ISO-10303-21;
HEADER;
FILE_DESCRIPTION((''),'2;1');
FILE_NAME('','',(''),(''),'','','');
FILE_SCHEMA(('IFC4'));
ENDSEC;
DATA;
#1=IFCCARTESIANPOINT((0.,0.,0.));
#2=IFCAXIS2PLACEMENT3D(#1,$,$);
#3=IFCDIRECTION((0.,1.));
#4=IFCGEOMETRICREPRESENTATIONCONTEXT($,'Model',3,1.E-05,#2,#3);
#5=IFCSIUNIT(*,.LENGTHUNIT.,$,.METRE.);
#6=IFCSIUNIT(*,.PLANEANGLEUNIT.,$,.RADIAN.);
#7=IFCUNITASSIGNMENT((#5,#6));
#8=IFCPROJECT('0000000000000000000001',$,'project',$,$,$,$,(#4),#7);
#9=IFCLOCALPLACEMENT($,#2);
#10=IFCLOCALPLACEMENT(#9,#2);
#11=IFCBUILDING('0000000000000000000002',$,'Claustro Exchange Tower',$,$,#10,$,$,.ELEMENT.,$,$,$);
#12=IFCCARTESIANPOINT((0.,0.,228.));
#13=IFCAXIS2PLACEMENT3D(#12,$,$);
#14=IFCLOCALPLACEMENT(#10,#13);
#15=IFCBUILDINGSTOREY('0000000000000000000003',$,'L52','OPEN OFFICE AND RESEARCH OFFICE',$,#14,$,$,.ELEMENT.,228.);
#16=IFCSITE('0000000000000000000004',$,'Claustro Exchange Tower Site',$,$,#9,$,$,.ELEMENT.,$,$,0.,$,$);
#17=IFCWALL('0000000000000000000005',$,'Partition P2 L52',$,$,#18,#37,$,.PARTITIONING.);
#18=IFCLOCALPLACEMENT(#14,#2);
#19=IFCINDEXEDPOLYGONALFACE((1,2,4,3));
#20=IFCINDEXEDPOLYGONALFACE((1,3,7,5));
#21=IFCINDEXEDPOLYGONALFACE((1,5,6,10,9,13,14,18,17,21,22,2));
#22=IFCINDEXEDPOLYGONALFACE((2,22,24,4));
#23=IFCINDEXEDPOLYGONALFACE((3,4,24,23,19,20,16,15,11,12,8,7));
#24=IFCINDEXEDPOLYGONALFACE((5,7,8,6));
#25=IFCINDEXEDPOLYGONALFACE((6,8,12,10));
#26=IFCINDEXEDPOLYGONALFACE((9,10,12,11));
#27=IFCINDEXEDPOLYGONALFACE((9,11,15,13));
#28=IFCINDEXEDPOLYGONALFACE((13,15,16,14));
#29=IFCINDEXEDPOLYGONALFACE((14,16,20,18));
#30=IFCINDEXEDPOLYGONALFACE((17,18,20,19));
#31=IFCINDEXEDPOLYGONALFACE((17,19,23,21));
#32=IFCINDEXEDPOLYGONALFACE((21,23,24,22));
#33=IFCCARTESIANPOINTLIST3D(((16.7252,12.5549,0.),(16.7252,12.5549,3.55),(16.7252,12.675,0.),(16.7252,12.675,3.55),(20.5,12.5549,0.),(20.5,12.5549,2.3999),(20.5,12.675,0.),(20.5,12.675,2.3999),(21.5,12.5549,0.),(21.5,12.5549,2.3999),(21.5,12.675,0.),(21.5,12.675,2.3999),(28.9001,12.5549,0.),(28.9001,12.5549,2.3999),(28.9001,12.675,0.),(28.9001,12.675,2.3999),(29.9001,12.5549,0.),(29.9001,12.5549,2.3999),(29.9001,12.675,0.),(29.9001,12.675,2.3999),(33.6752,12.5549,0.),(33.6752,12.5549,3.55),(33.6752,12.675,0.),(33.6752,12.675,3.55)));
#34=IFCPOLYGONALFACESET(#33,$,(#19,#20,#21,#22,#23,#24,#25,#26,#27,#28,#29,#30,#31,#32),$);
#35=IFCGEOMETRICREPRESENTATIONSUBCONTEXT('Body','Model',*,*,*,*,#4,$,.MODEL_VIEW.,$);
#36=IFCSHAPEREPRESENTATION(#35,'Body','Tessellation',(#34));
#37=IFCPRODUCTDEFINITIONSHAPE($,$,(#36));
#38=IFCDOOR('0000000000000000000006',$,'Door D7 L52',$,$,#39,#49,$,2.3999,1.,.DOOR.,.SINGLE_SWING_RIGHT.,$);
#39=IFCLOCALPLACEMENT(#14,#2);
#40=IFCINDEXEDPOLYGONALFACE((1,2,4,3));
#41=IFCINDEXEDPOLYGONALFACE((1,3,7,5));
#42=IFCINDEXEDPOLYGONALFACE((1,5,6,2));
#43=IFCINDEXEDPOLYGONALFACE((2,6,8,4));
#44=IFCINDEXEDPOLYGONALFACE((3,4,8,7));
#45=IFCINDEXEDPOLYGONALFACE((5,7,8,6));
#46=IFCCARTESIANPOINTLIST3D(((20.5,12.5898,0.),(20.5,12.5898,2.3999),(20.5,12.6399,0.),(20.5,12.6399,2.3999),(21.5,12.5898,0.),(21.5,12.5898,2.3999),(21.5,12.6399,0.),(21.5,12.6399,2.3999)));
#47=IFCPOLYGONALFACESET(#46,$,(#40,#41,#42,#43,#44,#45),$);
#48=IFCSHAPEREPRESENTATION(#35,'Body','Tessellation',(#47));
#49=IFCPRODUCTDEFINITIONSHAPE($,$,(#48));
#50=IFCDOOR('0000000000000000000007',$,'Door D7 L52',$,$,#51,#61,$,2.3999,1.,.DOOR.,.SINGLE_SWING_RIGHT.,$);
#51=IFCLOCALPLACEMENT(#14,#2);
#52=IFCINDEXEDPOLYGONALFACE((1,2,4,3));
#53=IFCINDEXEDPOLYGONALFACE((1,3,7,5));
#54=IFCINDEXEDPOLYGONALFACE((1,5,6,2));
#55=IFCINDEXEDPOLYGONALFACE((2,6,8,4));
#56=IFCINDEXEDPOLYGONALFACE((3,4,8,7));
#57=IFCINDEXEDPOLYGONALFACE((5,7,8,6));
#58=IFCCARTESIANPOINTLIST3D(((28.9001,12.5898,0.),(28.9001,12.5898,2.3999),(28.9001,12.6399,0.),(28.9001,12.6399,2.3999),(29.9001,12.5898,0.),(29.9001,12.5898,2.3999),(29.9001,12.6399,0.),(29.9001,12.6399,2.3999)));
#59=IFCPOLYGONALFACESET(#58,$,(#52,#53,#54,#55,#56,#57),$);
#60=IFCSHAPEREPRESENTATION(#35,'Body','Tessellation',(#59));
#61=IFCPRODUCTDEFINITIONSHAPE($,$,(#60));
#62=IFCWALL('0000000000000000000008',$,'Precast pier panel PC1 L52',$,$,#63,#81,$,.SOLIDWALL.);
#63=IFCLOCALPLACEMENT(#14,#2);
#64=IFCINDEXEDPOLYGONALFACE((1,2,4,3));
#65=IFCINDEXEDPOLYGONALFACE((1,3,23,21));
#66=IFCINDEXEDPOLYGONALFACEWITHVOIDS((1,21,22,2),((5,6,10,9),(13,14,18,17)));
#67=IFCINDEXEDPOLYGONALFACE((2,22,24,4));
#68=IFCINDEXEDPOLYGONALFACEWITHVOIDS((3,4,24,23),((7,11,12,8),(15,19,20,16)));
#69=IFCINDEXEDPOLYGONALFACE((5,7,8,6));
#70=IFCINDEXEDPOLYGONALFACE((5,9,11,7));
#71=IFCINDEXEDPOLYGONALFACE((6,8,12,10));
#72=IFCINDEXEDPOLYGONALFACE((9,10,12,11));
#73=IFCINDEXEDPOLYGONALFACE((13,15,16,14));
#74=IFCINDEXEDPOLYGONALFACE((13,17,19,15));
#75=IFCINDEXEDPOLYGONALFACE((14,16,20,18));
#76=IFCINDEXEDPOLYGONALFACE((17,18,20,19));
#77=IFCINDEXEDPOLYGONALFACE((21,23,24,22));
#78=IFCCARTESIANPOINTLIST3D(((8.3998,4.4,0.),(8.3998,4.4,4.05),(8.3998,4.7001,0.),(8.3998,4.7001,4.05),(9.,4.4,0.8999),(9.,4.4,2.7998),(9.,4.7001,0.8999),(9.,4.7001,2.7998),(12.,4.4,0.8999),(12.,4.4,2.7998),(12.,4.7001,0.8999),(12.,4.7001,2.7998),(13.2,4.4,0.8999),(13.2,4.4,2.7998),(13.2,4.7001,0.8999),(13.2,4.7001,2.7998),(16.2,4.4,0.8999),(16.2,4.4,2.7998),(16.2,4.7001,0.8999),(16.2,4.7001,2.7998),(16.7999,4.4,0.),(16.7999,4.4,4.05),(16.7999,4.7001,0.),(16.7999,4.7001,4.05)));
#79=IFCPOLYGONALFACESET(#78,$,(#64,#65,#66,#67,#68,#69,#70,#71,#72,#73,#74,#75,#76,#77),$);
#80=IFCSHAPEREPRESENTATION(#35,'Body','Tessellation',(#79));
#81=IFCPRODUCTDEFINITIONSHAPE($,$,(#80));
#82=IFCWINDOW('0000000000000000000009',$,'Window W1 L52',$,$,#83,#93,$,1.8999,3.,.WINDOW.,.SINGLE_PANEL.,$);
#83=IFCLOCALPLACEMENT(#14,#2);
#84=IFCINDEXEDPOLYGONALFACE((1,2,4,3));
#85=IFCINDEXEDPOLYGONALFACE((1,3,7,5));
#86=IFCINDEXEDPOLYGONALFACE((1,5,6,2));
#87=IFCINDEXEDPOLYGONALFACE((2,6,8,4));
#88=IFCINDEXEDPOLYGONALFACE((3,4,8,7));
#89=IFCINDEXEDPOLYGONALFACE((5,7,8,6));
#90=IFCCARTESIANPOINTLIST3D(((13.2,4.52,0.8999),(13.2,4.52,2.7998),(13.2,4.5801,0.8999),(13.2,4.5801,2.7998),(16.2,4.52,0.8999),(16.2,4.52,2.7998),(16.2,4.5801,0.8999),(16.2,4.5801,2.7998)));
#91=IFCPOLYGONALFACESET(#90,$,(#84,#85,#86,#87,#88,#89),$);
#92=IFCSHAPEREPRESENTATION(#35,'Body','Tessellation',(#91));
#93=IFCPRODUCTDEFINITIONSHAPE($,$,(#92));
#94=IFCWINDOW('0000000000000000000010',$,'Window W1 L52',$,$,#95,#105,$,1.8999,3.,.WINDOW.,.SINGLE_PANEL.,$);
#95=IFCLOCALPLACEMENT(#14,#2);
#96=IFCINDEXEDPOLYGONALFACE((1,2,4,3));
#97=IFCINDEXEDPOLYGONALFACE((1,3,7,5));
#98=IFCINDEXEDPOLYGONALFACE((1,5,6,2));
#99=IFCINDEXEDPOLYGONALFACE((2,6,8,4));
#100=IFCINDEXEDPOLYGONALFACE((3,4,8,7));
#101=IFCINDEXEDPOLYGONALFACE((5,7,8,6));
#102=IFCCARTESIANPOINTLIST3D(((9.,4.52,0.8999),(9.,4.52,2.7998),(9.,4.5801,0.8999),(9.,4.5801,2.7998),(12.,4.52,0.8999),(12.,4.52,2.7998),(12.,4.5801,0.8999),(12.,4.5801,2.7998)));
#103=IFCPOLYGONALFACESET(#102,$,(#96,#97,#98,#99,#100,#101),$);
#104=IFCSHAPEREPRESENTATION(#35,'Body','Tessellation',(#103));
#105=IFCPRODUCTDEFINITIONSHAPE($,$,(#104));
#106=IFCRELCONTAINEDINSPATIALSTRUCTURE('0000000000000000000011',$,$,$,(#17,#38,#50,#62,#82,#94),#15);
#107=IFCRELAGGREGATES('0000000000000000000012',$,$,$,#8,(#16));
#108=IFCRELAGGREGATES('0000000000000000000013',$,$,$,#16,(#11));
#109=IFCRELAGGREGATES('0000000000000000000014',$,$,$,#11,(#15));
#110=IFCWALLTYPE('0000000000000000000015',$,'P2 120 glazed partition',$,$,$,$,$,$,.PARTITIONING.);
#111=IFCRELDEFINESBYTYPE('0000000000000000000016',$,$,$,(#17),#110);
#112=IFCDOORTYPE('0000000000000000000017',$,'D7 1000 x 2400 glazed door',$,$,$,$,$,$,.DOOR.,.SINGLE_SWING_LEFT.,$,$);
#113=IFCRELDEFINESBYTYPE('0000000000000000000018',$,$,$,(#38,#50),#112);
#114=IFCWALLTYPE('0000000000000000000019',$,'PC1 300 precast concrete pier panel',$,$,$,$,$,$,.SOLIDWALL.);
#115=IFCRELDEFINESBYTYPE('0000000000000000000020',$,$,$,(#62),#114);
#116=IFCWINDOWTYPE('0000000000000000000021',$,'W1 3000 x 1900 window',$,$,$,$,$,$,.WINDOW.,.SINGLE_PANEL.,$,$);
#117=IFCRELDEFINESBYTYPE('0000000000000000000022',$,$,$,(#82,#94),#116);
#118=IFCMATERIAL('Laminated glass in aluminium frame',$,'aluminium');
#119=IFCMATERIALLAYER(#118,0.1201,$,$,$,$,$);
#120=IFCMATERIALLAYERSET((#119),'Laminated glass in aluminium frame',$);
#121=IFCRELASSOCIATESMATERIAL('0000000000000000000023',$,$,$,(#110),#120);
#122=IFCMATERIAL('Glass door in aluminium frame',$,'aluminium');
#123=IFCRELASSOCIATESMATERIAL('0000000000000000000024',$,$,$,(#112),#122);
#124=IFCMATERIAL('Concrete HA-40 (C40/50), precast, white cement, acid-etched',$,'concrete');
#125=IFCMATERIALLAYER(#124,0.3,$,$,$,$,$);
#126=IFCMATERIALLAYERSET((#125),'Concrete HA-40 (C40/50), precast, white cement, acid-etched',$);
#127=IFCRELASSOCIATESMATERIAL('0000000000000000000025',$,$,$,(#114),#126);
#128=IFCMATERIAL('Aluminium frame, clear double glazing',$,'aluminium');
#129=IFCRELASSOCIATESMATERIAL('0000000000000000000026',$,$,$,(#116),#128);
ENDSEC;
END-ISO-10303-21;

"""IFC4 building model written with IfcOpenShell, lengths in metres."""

from ifc_helpers import new_model, si_unit, direction, frame, frame_2d, origin, place, context, subcontext, project, spatial, rectangle, extrude, material, layer, layer_set, type_object, element, fill, save


model = new_model("IFC4")

# Units and contexts
model_context = context("Model", 3, precision=1e-05, world=origin(), true_north=direction((0.0, 1.0)))
body_context = subcontext(model_context, "Body", "Model", "MODEL_VIEW")
ifc_project = project(units=[si_unit("LENGTHUNIT", "METRE"), si_unit("PLANEANGLEUNIT", "RADIAN")], contexts=[model_context])

# Site, building, storey
site_placement = place(None, origin())
site = spatial("IfcSite", under=ifc_project, at=site_placement, Name="Claustro Exchange Tower Site", CompositionType="ELEMENT", RefElevation=0.0)
building_placement = place(site_placement, origin())
building = spatial("IfcBuilding", under=site, at=building_placement, Name="Claustro Exchange Tower", CompositionType="ELEMENT")
storey_placement = place(building_placement, frame((0.0, 0.0, 228.0)))
storey = spatial("IfcBuildingStorey", under=building, at=storey_placement, Name="L52", Description="OPEN OFFICE AND RESEARCH OFFICE", CompositionType="ELEMENT", Elevation=228.0)

# Shared definitions
ifc_material_1 = material(Name="Laminated glass in aluminium frame", Category="aluminium")
ifc_layer_1 = layer(ifc_material_1, 0.1201)
ifc_layer_set_1 = layer_set([ifc_layer_1], Name="Laminated glass in aluminium frame")
wall_type_1 = type_object("IfcWallType", Name="P2 120 glazed partition", PredefinedType="PARTITIONING", material=ifc_layer_set_1)

# Wall, openings, doors
wall_1_placement = place(storey_placement, frame((16.7251, 12.615, 0.0), z_axis=(0.0, 0.0, 1.0), x_axis=(1.0, 0.0, 0.0)))
wall_1 = element("IfcWall", 1, at=wall_1_placement, inside=storey, type_object=wall_type_1, Name="Partition P2 L52", PredefinedType="PARTITIONING", context=body_context, shape_type="SweptSolid", body=[
    extrude(rectangle(XDim=16.95, YDim=0.1201, at=frame_2d((8.4751, 0.0))), origin(), (0.0, 0.0, 1.0), 3.55),
])
opening_1_placement = place(wall_1_placement, frame((3.7749, 0.0, 0.0)))
opening_1 = element("IfcOpeningElement", 2, at=opening_1_placement, cuts=wall_1, PredefinedType="OPENING", context=body_context, shape_type="SweptSolid", body=[
    extrude(rectangle(XDim=1.0, YDim=2.3999, at=frame_2d((0.5, 1.2))), frame((0.0, 0.0701, 0.0), z_axis=(0.0, -1.0, 0.0), x_axis=(1.0, 0.0, 0.0)), (0.0, 0.0, 1.0), 0.1401),
])
opening_2_placement = place(wall_1_placement, frame((12.175, 0.0, 0.0)))
opening_2 = element("IfcOpeningElement", 3, at=opening_2_placement, cuts=wall_1, PredefinedType="OPENING", context=body_context, shape_type="SweptSolid", body=[
    extrude(rectangle(XDim=1.0, YDim=2.3999, at=frame_2d((0.5, 1.2))), frame((0.0, 0.0701, 0.0), z_axis=(0.0, -1.0, 0.0), x_axis=(1.0, 0.0, 0.0)), (0.0, 0.0, 1.0), 0.1401),
])
ifc_material_2 = material(Name="Glass door in aluminium frame", Category="aluminium")
door_type_1 = type_object("IfcDoorType", Name="D7 1000 x 2400 glazed door", OperationType="SINGLE_SWING_LEFT", PredefinedType="DOOR", material=ifc_material_2)
door_1_placement = place(opening_1_placement, origin())
door_1 = element("IfcDoor", 4, at=door_1_placement, inside=storey, type_object=door_type_1, Name="Door D7 L52", OperationType="SINGLE_SWING_RIGHT", OverallHeight=2.3999, OverallWidth=1.0, PredefinedType="DOOR", context=body_context, shape_type="SweptSolid", body=[
    extrude(rectangle(XDim=1.0, YDim=2.3999, at=frame_2d((0.5, 1.2))), frame((0.0, 0.0249, 0.0), z_axis=(0.0, -1.0, 0.0), x_axis=(1.0, 0.0, 0.0)), (0.0, 0.0, 1.0), 0.05),
])
fill(opening_1, door_1)
door_2_placement = place(opening_2_placement, origin())
door_2 = element("IfcDoor", 5, at=door_2_placement, inside=storey, type_object=door_type_1, Name="Door D7 L52", OperationType="SINGLE_SWING_RIGHT", OverallHeight=2.3999, OverallWidth=1.0, PredefinedType="DOOR", context=body_context, shape_type="SweptSolid", body=[
    extrude(rectangle(XDim=1.0, YDim=2.3999, at=frame_2d((0.5, 1.2))), frame((0.0, 0.0249, 0.0), z_axis=(0.0, -1.0, 0.0), x_axis=(1.0, 0.0, 0.0)), (0.0, 0.0, 1.0), 0.05),
])
fill(opening_2, door_2)

# Wall, openings, windows
ifc_material_3 = material(Name="Concrete HA-40 (C40/50), precast, white cement, acid-etched", Category="concrete")
ifc_layer_2 = layer(ifc_material_3, 0.3)
ifc_layer_set_2 = layer_set([ifc_layer_2], Name="Concrete HA-40 (C40/50), precast, white cement, acid-etched")
wall_type_2 = type_object("IfcWallType", Name="PC1 300 precast concrete pier panel", PredefinedType="SOLIDWALL", material=ifc_layer_set_2)
wall_2_placement = place(storey_placement, frame((16.8, 4.55, 0.0), z_axis=(0.0, 0.0, 1.0), x_axis=(-1.0, 0.0, 0.0)))
wall_2 = element("IfcWall", 6, at=wall_2_placement, inside=storey, type_object=wall_type_2, Name="Precast pier panel PC1 L52", PredefinedType="SOLIDWALL", context=body_context, shape_type="SweptSolid", body=[
    extrude(rectangle(XDim=8.4001, YDim=0.3, at=frame_2d((4.2002, 0.0))), origin(), (0.0, 0.0, 1.0), 4.05),
])
opening_3_placement = place(wall_2_placement, frame((0.6001, 0.0, 0.8999)))
opening_3 = element("IfcOpeningElement", 7, at=opening_3_placement, cuts=wall_2, PredefinedType="OPENING", context=body_context, shape_type="SweptSolid", body=[
    extrude(rectangle(XDim=3.0, YDim=1.8999, at=frame_2d((1.5, 0.95))), frame((0.0, 0.1599, 0.0), z_axis=(0.0, -1.0, 0.0), x_axis=(1.0, 0.0, 0.0)), (0.0, 0.0, 1.0), 0.3201),
])
opening_4_placement = place(wall_2_placement, frame((4.8, 0.0, 0.8999)))
opening_4 = element("IfcOpeningElement", 8, at=opening_4_placement, cuts=wall_2, PredefinedType="OPENING", context=body_context, shape_type="SweptSolid", body=[
    extrude(rectangle(XDim=3.0, YDim=1.8999, at=frame_2d((1.5, 0.95))), frame((0.0, 0.1599, 0.0), z_axis=(0.0, -1.0, 0.0), x_axis=(1.0, 0.0, 0.0)), (0.0, 0.0, 1.0), 0.3201),
])
ifc_material_4 = material(Name="Aluminium frame, clear double glazing", Category="aluminium")
window_type = type_object("IfcWindowType", Name="W1 3000 x 1900 window", PartitioningType="SINGLE_PANEL", PredefinedType="WINDOW", material=ifc_material_4)
window_1_placement = place(opening_3_placement, origin())
window_1 = element("IfcWindow", 9, at=window_1_placement, inside=storey, type_object=window_type, Name="Window W1 L52", OverallHeight=1.8999, OverallWidth=3.0, PartitioningType="SINGLE_PANEL", PredefinedType="WINDOW", context=body_context, shape_type="SweptSolid", body=[
    extrude(rectangle(XDim=3.0, YDim=1.8999, at=frame_2d((1.5, 0.95))), frame((0.0, 0.03, 0.0), z_axis=(0.0, -1.0, 0.0), x_axis=(1.0, 0.0, 0.0)), (0.0, 0.0, 1.0), 0.0601),
])
fill(opening_3, window_1)
window_2_placement = place(opening_4_placement, origin())
window_2 = element("IfcWindow", 10, at=window_2_placement, inside=storey, type_object=window_type, Name="Window W1 L52", OverallHeight=1.8999, OverallWidth=3.0, PartitioningType="SINGLE_PANEL", PredefinedType="WINDOW", context=body_context, shape_type="SweptSolid", body=[
    extrude(rectangle(XDim=3.0, YDim=1.8999, at=frame_2d((1.5, 0.95))), frame((0.0, 0.03, 0.0), z_axis=(0.0, -1.0, 0.0), x_axis=(1.0, 0.0, 0.0)), (0.0, 0.0, 1.0), 0.0601),
])
fill(opening_4, window_2)

save(model, "model.ifc")
